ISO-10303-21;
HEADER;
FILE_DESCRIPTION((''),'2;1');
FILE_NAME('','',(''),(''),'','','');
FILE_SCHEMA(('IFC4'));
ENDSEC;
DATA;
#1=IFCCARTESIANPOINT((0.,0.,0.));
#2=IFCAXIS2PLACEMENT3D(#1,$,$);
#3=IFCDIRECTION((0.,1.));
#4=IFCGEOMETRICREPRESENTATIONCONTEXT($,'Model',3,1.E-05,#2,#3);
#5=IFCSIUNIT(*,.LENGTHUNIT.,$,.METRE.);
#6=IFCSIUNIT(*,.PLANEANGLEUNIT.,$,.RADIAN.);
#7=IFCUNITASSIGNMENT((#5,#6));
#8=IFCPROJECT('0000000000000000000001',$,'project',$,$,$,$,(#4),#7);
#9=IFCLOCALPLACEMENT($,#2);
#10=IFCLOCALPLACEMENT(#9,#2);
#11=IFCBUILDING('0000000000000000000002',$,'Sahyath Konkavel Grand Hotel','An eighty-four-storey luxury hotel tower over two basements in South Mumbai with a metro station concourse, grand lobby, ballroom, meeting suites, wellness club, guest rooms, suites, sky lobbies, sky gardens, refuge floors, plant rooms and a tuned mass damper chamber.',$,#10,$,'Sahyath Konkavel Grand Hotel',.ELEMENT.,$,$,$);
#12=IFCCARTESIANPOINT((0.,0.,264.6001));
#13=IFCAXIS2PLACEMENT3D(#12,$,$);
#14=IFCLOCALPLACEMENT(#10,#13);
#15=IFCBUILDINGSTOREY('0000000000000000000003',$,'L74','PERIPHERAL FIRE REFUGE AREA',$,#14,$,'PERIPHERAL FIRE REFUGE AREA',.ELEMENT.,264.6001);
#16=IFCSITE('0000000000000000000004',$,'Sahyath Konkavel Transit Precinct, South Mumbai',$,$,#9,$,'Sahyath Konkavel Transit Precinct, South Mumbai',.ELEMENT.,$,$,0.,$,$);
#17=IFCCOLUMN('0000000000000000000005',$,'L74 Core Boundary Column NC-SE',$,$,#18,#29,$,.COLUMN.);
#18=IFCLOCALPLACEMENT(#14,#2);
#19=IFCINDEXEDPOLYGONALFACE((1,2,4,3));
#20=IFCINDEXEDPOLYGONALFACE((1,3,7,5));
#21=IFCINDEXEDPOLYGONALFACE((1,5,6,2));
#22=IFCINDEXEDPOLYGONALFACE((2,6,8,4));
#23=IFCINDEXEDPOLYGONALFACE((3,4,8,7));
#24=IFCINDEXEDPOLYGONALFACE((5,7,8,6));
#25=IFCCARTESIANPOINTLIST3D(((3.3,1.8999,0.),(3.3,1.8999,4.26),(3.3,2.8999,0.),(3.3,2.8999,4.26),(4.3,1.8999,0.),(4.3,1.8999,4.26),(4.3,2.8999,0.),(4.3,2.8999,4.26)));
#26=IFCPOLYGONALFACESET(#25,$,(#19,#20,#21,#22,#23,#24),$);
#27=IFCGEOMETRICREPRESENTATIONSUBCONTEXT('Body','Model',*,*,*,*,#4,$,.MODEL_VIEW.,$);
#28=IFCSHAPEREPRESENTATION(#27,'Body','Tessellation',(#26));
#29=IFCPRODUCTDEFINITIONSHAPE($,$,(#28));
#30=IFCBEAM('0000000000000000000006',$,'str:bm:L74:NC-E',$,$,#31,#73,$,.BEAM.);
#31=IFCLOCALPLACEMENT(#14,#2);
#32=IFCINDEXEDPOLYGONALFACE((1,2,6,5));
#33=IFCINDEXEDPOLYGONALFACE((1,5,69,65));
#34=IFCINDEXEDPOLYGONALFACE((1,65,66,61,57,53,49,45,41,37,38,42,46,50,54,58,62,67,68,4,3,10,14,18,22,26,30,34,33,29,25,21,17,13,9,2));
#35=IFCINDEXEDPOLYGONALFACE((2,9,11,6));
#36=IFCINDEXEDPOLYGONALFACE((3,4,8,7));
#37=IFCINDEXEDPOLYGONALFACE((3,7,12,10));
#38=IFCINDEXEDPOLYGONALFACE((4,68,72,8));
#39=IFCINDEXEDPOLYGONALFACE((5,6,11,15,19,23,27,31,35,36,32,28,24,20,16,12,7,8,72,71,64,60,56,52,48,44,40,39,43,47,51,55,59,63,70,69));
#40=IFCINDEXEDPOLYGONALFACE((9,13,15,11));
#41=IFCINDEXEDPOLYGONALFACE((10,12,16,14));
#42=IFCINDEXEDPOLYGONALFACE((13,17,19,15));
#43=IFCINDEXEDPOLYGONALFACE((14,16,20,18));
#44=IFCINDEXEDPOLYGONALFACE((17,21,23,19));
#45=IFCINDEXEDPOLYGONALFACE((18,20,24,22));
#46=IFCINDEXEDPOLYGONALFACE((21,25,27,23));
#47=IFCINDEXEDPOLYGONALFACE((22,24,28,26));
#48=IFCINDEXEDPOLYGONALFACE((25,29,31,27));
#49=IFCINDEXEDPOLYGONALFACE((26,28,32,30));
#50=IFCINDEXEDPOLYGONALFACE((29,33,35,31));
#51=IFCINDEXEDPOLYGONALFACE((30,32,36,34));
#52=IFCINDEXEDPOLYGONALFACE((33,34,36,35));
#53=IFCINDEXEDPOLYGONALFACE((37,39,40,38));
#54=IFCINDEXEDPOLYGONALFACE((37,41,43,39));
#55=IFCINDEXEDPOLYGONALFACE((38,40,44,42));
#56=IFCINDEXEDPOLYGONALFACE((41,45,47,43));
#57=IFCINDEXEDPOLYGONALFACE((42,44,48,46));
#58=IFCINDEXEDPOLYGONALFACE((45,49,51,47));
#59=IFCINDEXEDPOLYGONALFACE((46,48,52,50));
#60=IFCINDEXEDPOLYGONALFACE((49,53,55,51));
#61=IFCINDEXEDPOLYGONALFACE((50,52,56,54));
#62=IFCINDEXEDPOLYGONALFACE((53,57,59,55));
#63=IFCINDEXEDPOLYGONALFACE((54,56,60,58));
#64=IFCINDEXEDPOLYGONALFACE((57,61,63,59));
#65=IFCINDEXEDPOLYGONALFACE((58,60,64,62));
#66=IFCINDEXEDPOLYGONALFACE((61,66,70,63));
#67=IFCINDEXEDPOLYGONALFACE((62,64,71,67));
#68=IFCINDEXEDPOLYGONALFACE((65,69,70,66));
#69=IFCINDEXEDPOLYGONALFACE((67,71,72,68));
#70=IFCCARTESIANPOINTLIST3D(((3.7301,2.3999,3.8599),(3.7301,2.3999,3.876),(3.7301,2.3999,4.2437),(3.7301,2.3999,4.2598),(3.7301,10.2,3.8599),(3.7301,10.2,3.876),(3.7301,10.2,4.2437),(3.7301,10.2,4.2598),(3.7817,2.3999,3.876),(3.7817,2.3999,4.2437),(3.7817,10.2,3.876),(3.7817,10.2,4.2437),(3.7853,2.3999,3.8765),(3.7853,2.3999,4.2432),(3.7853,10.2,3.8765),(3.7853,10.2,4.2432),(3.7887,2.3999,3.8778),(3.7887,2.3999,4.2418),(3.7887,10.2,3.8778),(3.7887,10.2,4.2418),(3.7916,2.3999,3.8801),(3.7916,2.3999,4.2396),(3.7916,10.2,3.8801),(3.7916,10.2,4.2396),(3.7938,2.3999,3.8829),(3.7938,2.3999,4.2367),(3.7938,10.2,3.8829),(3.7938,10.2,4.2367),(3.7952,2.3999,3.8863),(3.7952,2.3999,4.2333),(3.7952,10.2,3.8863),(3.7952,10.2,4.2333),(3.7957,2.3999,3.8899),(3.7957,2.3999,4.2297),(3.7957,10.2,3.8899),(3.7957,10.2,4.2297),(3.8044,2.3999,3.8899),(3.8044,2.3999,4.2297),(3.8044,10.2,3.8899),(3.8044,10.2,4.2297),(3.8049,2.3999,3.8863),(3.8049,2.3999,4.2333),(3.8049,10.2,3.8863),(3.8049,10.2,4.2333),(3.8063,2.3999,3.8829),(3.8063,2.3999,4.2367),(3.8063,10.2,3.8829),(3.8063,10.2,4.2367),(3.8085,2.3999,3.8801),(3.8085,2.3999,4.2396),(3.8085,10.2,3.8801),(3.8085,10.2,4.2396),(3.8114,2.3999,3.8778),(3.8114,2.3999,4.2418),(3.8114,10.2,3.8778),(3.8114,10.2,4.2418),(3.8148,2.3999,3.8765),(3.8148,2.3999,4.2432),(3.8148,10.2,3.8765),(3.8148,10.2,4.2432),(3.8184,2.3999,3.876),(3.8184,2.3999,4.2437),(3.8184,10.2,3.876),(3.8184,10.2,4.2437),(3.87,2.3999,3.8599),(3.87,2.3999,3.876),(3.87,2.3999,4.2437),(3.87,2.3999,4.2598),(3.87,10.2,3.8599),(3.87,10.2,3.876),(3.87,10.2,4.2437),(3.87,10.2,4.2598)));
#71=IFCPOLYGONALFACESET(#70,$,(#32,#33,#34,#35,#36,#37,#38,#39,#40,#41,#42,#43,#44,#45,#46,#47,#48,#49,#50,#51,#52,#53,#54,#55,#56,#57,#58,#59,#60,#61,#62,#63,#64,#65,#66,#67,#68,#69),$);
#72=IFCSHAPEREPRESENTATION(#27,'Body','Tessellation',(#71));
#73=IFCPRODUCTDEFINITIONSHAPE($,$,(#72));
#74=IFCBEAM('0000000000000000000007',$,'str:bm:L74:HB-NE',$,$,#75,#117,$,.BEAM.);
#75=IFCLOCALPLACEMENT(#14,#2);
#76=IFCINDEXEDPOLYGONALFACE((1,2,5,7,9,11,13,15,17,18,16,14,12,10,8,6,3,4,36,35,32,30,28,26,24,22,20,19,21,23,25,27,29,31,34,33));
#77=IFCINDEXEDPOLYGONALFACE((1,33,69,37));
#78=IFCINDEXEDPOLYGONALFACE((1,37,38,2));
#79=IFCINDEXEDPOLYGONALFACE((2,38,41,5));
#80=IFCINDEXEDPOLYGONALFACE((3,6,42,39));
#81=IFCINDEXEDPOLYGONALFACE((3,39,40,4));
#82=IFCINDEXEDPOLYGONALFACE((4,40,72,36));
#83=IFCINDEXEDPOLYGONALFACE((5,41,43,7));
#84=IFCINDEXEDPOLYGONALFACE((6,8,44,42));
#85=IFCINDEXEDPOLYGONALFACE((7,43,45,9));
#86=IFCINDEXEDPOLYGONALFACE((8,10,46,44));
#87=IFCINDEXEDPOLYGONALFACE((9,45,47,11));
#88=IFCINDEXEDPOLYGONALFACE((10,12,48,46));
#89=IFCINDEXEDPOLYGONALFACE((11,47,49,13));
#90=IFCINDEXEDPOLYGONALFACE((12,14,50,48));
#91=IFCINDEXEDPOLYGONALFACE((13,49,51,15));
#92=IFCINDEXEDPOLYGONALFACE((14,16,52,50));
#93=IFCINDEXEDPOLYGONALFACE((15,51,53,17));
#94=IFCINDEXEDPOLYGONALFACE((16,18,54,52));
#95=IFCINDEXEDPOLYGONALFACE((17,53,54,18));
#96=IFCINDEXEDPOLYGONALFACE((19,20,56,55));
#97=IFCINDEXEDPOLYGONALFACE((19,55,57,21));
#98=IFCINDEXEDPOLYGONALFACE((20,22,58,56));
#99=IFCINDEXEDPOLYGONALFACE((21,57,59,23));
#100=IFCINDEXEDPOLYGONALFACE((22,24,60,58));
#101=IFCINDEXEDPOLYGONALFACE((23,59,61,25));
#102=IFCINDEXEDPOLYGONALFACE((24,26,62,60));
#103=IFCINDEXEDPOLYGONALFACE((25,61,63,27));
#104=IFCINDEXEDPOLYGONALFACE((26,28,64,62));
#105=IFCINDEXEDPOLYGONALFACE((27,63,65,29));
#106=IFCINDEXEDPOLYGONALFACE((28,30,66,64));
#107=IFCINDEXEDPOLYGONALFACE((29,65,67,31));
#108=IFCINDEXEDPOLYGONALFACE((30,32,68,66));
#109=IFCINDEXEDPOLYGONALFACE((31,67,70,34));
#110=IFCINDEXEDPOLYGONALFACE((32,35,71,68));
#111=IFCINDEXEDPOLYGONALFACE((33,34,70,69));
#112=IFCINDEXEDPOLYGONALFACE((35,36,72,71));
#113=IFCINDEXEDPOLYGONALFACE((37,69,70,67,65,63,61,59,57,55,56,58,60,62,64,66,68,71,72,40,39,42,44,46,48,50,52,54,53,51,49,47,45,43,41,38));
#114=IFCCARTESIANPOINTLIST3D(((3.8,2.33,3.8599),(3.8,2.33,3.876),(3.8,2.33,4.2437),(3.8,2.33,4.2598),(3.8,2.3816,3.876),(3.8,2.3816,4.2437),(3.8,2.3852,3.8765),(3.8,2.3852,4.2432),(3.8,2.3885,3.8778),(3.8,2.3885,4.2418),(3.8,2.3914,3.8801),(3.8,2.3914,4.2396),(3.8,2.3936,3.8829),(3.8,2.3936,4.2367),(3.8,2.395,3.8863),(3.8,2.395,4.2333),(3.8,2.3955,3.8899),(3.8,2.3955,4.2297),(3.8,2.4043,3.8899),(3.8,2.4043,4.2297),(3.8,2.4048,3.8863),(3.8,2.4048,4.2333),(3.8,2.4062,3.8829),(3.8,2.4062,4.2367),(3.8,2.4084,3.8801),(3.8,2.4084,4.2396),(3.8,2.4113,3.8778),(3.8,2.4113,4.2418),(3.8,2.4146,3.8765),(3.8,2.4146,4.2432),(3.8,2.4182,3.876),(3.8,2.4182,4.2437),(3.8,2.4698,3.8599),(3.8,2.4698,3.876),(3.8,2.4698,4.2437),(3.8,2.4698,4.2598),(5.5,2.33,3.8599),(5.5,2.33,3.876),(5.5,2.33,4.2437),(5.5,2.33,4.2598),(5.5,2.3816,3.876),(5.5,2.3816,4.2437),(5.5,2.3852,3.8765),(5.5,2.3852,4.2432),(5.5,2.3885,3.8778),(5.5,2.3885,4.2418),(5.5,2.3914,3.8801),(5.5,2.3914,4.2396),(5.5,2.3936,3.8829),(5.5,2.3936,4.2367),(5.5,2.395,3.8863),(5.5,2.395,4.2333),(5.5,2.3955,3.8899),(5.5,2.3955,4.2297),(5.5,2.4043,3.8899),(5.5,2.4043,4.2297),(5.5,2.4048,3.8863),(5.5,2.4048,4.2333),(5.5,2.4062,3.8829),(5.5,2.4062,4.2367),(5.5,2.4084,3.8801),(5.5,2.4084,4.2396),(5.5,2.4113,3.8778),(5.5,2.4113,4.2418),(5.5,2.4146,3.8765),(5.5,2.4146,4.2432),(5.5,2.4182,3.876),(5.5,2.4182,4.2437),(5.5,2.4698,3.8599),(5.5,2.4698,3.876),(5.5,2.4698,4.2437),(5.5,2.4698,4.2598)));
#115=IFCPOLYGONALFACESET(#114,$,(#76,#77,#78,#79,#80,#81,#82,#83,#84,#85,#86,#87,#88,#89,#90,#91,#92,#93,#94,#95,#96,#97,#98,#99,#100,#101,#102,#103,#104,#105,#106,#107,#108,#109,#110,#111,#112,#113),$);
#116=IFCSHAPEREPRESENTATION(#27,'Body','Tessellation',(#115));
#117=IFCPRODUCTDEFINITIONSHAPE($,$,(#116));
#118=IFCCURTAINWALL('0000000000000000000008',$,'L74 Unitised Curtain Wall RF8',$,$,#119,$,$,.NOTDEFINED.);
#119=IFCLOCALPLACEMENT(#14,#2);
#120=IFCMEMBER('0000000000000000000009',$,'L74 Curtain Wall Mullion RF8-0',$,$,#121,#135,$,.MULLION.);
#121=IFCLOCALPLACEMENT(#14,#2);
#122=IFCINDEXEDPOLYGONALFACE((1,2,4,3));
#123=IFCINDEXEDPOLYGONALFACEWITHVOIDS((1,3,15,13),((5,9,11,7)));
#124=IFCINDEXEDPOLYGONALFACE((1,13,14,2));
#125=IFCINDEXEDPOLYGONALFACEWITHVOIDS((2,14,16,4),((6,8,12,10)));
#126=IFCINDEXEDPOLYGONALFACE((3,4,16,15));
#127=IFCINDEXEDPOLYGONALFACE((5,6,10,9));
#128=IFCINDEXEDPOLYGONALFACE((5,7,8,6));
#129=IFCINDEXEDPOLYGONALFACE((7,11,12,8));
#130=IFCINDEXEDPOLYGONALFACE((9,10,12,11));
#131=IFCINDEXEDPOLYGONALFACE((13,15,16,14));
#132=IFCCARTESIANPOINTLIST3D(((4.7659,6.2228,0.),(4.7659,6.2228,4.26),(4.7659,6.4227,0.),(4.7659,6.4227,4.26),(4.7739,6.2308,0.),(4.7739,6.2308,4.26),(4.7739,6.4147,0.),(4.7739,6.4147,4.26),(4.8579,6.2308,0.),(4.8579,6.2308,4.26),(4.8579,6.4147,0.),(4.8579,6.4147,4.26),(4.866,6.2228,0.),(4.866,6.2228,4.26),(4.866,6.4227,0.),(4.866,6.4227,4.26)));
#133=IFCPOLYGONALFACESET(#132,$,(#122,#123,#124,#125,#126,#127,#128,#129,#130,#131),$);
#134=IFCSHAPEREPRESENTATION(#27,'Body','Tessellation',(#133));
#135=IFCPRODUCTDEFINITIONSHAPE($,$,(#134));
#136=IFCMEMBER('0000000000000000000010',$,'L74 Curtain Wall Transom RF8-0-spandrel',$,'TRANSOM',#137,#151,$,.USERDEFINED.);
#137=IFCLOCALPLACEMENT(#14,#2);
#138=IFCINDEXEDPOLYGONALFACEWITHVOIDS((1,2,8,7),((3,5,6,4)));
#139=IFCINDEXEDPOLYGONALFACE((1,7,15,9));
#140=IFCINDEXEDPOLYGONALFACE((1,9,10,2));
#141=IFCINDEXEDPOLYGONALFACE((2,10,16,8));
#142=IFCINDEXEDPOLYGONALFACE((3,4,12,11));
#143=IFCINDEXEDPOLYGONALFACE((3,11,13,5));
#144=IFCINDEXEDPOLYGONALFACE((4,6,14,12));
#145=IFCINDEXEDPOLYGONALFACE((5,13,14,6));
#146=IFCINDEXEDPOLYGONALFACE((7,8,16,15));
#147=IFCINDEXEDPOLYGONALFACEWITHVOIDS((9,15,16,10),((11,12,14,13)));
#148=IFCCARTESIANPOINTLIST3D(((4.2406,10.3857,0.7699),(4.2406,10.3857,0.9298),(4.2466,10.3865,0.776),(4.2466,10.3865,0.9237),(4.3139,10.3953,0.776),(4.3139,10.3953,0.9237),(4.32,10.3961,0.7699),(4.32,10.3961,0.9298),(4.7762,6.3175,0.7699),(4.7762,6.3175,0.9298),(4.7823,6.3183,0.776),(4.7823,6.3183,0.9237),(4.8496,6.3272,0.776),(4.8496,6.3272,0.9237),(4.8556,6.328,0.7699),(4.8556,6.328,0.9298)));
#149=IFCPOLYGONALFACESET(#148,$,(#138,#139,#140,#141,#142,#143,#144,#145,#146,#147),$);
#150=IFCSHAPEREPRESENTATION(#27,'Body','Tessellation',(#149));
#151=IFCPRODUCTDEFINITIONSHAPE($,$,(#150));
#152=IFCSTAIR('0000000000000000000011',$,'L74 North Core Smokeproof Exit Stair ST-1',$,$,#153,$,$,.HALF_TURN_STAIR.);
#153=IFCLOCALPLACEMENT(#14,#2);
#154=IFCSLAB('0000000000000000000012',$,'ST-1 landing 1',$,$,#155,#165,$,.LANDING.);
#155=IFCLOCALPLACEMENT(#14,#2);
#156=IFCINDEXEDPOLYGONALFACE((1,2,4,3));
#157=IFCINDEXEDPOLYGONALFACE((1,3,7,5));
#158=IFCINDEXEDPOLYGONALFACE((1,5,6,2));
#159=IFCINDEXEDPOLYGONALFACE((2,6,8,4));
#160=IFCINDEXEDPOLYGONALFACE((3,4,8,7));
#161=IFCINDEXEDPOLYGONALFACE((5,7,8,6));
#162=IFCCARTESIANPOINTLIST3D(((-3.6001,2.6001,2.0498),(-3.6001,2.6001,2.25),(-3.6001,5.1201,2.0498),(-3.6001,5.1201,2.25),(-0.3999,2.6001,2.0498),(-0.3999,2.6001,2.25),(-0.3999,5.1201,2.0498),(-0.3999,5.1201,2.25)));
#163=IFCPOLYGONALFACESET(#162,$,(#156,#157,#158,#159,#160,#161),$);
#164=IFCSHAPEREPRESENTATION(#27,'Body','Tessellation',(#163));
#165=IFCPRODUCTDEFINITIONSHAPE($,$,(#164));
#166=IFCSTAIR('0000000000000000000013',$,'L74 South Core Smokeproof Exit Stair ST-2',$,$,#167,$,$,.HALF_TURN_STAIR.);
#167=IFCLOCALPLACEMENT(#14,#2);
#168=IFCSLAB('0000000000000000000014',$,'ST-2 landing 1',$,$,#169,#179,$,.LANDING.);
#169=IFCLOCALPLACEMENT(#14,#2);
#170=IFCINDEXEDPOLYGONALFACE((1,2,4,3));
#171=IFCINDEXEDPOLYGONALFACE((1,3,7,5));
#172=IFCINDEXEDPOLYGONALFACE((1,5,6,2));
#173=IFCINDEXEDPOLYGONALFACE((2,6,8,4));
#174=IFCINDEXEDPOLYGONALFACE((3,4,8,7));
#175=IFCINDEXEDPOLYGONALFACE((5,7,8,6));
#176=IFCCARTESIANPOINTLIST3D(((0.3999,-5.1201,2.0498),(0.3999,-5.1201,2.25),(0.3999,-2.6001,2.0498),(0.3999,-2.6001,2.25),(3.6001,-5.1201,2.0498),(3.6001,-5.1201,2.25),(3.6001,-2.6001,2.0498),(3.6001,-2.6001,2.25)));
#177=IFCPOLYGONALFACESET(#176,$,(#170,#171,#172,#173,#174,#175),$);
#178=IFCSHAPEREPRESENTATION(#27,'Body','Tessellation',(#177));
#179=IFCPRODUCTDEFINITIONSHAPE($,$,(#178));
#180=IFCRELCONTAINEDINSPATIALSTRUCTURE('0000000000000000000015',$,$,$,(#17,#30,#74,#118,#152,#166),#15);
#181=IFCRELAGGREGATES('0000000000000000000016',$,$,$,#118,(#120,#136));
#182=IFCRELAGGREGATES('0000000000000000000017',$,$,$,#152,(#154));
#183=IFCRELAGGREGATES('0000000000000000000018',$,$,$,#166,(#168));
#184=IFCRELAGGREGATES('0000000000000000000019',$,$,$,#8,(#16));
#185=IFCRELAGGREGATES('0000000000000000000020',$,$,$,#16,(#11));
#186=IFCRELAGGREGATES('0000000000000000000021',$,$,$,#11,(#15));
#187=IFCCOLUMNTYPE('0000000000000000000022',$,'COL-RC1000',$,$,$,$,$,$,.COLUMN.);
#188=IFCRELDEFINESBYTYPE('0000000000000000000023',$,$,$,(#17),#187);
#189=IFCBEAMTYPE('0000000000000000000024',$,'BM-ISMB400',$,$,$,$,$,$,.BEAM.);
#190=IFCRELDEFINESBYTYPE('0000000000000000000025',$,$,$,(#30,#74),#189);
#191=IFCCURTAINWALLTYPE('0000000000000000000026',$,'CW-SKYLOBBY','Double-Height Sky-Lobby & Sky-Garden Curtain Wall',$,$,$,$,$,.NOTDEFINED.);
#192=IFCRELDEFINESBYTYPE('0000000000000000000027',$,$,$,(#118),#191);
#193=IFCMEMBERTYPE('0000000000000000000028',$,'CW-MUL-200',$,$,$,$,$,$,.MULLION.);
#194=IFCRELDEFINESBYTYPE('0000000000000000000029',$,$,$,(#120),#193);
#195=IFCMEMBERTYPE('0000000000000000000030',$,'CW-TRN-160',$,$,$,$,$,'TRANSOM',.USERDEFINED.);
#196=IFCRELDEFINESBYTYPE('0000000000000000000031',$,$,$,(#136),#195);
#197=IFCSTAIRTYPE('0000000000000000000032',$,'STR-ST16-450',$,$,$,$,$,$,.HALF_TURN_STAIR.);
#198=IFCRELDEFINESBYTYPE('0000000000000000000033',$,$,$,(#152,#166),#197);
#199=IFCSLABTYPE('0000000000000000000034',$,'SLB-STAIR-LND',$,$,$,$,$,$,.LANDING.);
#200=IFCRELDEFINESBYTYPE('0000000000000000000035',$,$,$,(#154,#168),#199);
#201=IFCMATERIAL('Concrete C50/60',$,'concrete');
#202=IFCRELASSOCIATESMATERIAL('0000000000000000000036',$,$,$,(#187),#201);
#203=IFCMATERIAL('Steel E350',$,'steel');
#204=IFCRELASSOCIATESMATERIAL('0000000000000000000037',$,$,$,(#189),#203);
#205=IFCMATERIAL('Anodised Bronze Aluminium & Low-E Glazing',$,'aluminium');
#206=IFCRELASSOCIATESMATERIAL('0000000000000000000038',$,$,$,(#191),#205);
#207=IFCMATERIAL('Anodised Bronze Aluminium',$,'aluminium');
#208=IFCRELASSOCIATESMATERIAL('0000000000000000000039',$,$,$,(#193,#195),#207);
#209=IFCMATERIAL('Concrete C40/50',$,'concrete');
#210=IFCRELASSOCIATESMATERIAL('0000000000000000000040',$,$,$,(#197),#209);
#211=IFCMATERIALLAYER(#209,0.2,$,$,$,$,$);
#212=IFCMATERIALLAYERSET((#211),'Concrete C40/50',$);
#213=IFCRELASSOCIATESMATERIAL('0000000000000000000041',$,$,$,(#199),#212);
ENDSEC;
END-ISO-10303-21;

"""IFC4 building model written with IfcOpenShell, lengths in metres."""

from ifc_helpers import new_model, si_unit, direction, frame, origin, origin_2d, place, context, subcontext, project, spatial, polyline, rectangle, hollow_rectangle, i_section, outline, extrude, source, transform, mapped, material, layer, layer_set, material_profile, profile_set, type_object, element, aggregate, save


model = new_model("IFC4")

# Units and contexts
model_context = context("Model", 3, precision=1e-05, world=origin(), true_north=direction((0.0, 1.0)))
body_context = subcontext(model_context, "Body", "Model", "MODEL_VIEW")
ifc_project = project(units=[si_unit("LENGTHUNIT", "METRE"), si_unit("PLANEANGLEUNIT", "RADIAN")], contexts=[model_context])

# Site, building, storey
site_placement = place(None, origin())
site = spatial("IfcSite", under=ifc_project, at=site_placement, Name="Sahyath Konkavel Transit Precinct, South Mumbai", LongName="Sahyath Konkavel Transit Precinct, South Mumbai", CompositionType="ELEMENT", RefElevation=0.0)
building_placement = place(site_placement, origin())
building = spatial("IfcBuilding", under=site, at=building_placement, Name="Sahyath Konkavel Grand Hotel", Description="An eighty-four-storey luxury hotel tower over two basements in South Mumbai with a metro station concourse, grand lobby, ballroom, meeting suites, wellness club, guest rooms, suites, sky lobbies, sky gardens, refuge floors, plant rooms and a tuned mass damper chamber.", LongName="Sahyath Konkavel Grand Hotel", CompositionType="ELEMENT")
storey_placement = place(building_placement, frame((0.0, 0.0, 264.6001)))
storey = spatial("IfcBuildingStorey", under=building, at=storey_placement, Name="L74", Description="PERIPHERAL FIRE REFUGE AREA", LongName="PERIPHERAL FIRE REFUGE AREA", CompositionType="ELEMENT", Elevation=264.6001)

# Column
ifc_material_1 = material(Name="Concrete C50/60", Category="concrete")
ifc_material_profile_1 = material_profile(ifc_material_1, rectangle(XDim=1.0, YDim=1.0, at=origin_2d()), Name="RC 1000x1000")
ifc_profile_set_1 = profile_set([ifc_material_profile_1], Name="Concrete C50/60")
column_type = type_object("IfcColumnType", Name="COL-RC1000", PredefinedType="COLUMN", material=ifc_profile_set_1)
shared_shape_1 = source(origin(), body_context, "Body", "SweptSolid", [
    extrude(rectangle(XDim=1.0, YDim=1.0, at=origin_2d()), origin(), (0.0, 0.0, 1.0), 4.26),
])
column_placement = place(storey_placement, frame((3.8, 2.3999, 0.0), z_axis=(0.0, 0.0, 1.0), x_axis=(1.0, 0.0, 0.0)))
element("IfcColumn", 1, at=column_placement, inside=storey, type_object=column_type, Name="L74 Core Boundary Column NC-SE", PredefinedType="COLUMN", context=body_context, shape_type="MappedRepresentation", body=[
    mapped(shared_shape_1, transform((0.0, 0.0, 0.0), scale=1.0)),
])

# Beams
ifc_material_2 = material(Name="Steel E350", Category="steel")
ifc_material_profile_2 = material_profile(ifc_material_2, i_section(OverallWidth=0.1399, OverallDepth=0.3999, WebThickness=0.0088, FlangeThickness=0.0161, FilletRadius=0.0139, at=origin_2d()), Name="ISMB 400")
ifc_profile_set_2 = profile_set([ifc_material_profile_2], Name="Steel E350")
beam_type = type_object("IfcBeamType", Name="BM-ISMB400", PredefinedType="BEAM", material=ifc_profile_set_2)
shared_shape_2 = source(origin(), body_context, "Body", "SweptSolid", [
    extrude(i_section(OverallWidth=0.1399, OverallDepth=0.3999, WebThickness=0.0088, FlangeThickness=0.0161, FilletRadius=0.0139, at=origin_2d()), origin(), (0.0, 0.0, 1.0), 7.8),
])
beam_1_placement = place(storey_placement, frame((3.8, 2.3999, 4.0598), z_axis=(0.0, 1.0, 0.0), x_axis=(-1.0, 0.0, 0.0)))
element("IfcBeam", 2, at=beam_1_placement, inside=storey, type_object=beam_type, Name="str:bm:L74:NC-E", PredefinedType="BEAM", context=body_context, shape_type="MappedRepresentation", body=[
    mapped(shared_shape_2, transform((0.0, 0.0, 0.0), scale=1.0)),
])
shared_shape_3 = source(origin(), body_context, "Body", "SweptSolid", [
    extrude(i_section(OverallWidth=0.1399, OverallDepth=0.3999, WebThickness=0.0088, FlangeThickness=0.0161, FilletRadius=0.0139, at=origin_2d()), origin(), (0.0, 0.0, 1.0), 1.7),
])
beam_2_placement = place(storey_placement, frame((3.8, 2.3999, 4.0598), z_axis=(1.0, 0.0, 0.0), x_axis=(0.0, 1.0, 0.0)))
element("IfcBeam", 3, at=beam_2_placement, inside=storey, type_object=beam_type, Name="str:bm:L74:HB-NE", PredefinedType="BEAM", context=body_context, shape_type="MappedRepresentation", body=[
    mapped(shared_shape_3, transform((0.0, 0.0, 0.0), scale=1.0)),
])

# Curtain wall, members
ifc_material_3 = material(Name="Anodised Bronze Aluminium & Low-E Glazing", Category="aluminium")
curtain_wall_type = type_object("IfcCurtainWallType", Name="CW-SKYLOBBY", Description="Double-Height Sky-Lobby & Sky-Garden Curtain Wall", PredefinedType="NOTDEFINED", material=ifc_material_3)
curtain_wall_placement = place(storey_placement, origin())
curtain_wall = element("IfcCurtainWall", 4, at=curtain_wall_placement, inside=storey, type_object=curtain_wall_type, Name="L74 Unitised Curtain Wall RF8", PredefinedType="NOTDEFINED")
ifc_material_4 = material(Name="Anodised Bronze Aluminium", Category="aluminium")
ifc_material_profile_3 = material_profile(ifc_material_4, hollow_rectangle(XDim=0.1001, YDim=0.2, WallThickness=0.0081, at=origin_2d()), Name="RHS 200x100x8")
ifc_profile_set_3 = profile_set([ifc_material_profile_3], Name="Anodised Bronze Aluminium")
member_type_1 = type_object("IfcMemberType", Name="CW-MUL-200", PredefinedType="MULLION", material=ifc_profile_set_3)
shared_shape_4 = source(origin(), body_context, "Body", "SweptSolid", [
    extrude(hollow_rectangle(XDim=0.1001, YDim=0.2, WallThickness=0.0081, at=origin_2d()), origin(), (0.0, 0.0, 1.0), 4.26),
])
member_1_placement = place(storey_placement, frame((4.8159, 6.3228, 0.0), z_axis=(0.0, 0.0, 1.0), x_axis=(1.0, 0.0, 0.0)))
member_1 = element("IfcMember", 5, at=member_1_placement, type_object=member_type_1, Name="L74 Curtain Wall Mullion RF8-0", PredefinedType="MULLION", context=body_context, shape_type="MappedRepresentation", body=[
    mapped(shared_shape_4, transform((0.0, 0.0, 0.0), scale=1.0)),
])
ifc_material_profile_4 = material_profile(ifc_material_4, hollow_rectangle(XDim=0.0801, YDim=0.1599, WallThickness=0.0061, at=origin_2d()), Name="RHS 160x80x6")
ifc_profile_set_4 = profile_set([ifc_material_profile_4], Name="Anodised Bronze Aluminium")
member_type_2 = type_object("IfcMemberType", Name="CW-TRN-160", ElementType="TRANSOM", PredefinedType="USERDEFINED", material=ifc_profile_set_4)
shared_shape_5 = source(origin(), body_context, "Body", "SweptSolid", [
    extrude(hollow_rectangle(XDim=0.0801, YDim=0.1599, WallThickness=0.0061, at=origin_2d()), origin(), (0.0, 0.0, 1.0), 4.1033),
])
member_2_placement = place(storey_placement, frame((4.8159, 6.3228, 0.8499), z_axis=(-0.130542, 0.991443, 0.0), x_axis=(-0.991443, -0.130542, 0.0)))
member_2 = element("IfcMember", 6, at=member_2_placement, type_object=member_type_2, Name="L74 Curtain Wall Transom RF8-0-spandrel", ObjectType="TRANSOM", PredefinedType="USERDEFINED", context=body_context, shape_type="MappedRepresentation", body=[
    mapped(shared_shape_5, transform((0.0, 0.0, 0.0), scale=1.0)),
])
aggregate(curtain_wall, [member_1, member_2])

# Stairs, slabs
ifc_material_5 = material(Name="Concrete C40/50", Category="concrete")
stair_type = type_object("IfcStairType", Name="STR-ST16-450", PredefinedType="HALF_TURN_STAIR", material=ifc_material_5)
stair_1_placement = place(storey_placement, origin())
stair_1 = element("IfcStair", 7, at=stair_1_placement, inside=storey, type_object=stair_type, Name="L74 North Core Smokeproof Exit Stair ST-1", PredefinedType="HALF_TURN_STAIR")
ifc_layer_1 = layer(ifc_material_5, 0.2)
ifc_layer_set_1 = layer_set([ifc_layer_1], Name="Concrete C40/50")
slab_type = type_object("IfcSlabType", Name="SLB-STAIR-LND", PredefinedType="LANDING", material=ifc_layer_set_1)
slab_1_placement = place(storey_placement, frame((0.0, 0.0, 2.0498)))
slab_1 = element("IfcSlab", 8, at=slab_1_placement, type_object=slab_type, Name="ST-1 landing 1", PredefinedType="LANDING", context=body_context, shape_type="SweptSolid", body=[
    extrude(outline(polyline([(-3.6001, 5.1201), (-3.6001, 2.6001), (-0.3999, 2.6001), (-0.3999, 5.1201), (-3.6001, 5.1201)])), origin(), (0.0, 0.0, 1.0), 0.2002),
])
aggregate(stair_1, [slab_1])
stair_2_placement = place(storey_placement, origin())
stair_2 = element("IfcStair", 9, at=stair_2_placement, inside=storey, type_object=stair_type, Name="L74 South Core Smokeproof Exit Stair ST-2", PredefinedType="HALF_TURN_STAIR")
slab_2_placement = place(storey_placement, frame((0.0, 0.0, 2.0498)))
slab_2 = element("IfcSlab", 10, at=slab_2_placement, type_object=slab_type, Name="ST-2 landing 1", PredefinedType="LANDING", context=body_context, shape_type="SweptSolid", body=[
    extrude(outline(polyline([(3.6001, -5.1201), (3.6001, -2.6001), (0.3999, -2.6001), (0.3999, -5.1201), (3.6001, -5.1201)])), origin(), (0.0, 0.0, 1.0), 0.2002),
])
aggregate(stair_2, [slab_2])

save(model, "model.ifc")
